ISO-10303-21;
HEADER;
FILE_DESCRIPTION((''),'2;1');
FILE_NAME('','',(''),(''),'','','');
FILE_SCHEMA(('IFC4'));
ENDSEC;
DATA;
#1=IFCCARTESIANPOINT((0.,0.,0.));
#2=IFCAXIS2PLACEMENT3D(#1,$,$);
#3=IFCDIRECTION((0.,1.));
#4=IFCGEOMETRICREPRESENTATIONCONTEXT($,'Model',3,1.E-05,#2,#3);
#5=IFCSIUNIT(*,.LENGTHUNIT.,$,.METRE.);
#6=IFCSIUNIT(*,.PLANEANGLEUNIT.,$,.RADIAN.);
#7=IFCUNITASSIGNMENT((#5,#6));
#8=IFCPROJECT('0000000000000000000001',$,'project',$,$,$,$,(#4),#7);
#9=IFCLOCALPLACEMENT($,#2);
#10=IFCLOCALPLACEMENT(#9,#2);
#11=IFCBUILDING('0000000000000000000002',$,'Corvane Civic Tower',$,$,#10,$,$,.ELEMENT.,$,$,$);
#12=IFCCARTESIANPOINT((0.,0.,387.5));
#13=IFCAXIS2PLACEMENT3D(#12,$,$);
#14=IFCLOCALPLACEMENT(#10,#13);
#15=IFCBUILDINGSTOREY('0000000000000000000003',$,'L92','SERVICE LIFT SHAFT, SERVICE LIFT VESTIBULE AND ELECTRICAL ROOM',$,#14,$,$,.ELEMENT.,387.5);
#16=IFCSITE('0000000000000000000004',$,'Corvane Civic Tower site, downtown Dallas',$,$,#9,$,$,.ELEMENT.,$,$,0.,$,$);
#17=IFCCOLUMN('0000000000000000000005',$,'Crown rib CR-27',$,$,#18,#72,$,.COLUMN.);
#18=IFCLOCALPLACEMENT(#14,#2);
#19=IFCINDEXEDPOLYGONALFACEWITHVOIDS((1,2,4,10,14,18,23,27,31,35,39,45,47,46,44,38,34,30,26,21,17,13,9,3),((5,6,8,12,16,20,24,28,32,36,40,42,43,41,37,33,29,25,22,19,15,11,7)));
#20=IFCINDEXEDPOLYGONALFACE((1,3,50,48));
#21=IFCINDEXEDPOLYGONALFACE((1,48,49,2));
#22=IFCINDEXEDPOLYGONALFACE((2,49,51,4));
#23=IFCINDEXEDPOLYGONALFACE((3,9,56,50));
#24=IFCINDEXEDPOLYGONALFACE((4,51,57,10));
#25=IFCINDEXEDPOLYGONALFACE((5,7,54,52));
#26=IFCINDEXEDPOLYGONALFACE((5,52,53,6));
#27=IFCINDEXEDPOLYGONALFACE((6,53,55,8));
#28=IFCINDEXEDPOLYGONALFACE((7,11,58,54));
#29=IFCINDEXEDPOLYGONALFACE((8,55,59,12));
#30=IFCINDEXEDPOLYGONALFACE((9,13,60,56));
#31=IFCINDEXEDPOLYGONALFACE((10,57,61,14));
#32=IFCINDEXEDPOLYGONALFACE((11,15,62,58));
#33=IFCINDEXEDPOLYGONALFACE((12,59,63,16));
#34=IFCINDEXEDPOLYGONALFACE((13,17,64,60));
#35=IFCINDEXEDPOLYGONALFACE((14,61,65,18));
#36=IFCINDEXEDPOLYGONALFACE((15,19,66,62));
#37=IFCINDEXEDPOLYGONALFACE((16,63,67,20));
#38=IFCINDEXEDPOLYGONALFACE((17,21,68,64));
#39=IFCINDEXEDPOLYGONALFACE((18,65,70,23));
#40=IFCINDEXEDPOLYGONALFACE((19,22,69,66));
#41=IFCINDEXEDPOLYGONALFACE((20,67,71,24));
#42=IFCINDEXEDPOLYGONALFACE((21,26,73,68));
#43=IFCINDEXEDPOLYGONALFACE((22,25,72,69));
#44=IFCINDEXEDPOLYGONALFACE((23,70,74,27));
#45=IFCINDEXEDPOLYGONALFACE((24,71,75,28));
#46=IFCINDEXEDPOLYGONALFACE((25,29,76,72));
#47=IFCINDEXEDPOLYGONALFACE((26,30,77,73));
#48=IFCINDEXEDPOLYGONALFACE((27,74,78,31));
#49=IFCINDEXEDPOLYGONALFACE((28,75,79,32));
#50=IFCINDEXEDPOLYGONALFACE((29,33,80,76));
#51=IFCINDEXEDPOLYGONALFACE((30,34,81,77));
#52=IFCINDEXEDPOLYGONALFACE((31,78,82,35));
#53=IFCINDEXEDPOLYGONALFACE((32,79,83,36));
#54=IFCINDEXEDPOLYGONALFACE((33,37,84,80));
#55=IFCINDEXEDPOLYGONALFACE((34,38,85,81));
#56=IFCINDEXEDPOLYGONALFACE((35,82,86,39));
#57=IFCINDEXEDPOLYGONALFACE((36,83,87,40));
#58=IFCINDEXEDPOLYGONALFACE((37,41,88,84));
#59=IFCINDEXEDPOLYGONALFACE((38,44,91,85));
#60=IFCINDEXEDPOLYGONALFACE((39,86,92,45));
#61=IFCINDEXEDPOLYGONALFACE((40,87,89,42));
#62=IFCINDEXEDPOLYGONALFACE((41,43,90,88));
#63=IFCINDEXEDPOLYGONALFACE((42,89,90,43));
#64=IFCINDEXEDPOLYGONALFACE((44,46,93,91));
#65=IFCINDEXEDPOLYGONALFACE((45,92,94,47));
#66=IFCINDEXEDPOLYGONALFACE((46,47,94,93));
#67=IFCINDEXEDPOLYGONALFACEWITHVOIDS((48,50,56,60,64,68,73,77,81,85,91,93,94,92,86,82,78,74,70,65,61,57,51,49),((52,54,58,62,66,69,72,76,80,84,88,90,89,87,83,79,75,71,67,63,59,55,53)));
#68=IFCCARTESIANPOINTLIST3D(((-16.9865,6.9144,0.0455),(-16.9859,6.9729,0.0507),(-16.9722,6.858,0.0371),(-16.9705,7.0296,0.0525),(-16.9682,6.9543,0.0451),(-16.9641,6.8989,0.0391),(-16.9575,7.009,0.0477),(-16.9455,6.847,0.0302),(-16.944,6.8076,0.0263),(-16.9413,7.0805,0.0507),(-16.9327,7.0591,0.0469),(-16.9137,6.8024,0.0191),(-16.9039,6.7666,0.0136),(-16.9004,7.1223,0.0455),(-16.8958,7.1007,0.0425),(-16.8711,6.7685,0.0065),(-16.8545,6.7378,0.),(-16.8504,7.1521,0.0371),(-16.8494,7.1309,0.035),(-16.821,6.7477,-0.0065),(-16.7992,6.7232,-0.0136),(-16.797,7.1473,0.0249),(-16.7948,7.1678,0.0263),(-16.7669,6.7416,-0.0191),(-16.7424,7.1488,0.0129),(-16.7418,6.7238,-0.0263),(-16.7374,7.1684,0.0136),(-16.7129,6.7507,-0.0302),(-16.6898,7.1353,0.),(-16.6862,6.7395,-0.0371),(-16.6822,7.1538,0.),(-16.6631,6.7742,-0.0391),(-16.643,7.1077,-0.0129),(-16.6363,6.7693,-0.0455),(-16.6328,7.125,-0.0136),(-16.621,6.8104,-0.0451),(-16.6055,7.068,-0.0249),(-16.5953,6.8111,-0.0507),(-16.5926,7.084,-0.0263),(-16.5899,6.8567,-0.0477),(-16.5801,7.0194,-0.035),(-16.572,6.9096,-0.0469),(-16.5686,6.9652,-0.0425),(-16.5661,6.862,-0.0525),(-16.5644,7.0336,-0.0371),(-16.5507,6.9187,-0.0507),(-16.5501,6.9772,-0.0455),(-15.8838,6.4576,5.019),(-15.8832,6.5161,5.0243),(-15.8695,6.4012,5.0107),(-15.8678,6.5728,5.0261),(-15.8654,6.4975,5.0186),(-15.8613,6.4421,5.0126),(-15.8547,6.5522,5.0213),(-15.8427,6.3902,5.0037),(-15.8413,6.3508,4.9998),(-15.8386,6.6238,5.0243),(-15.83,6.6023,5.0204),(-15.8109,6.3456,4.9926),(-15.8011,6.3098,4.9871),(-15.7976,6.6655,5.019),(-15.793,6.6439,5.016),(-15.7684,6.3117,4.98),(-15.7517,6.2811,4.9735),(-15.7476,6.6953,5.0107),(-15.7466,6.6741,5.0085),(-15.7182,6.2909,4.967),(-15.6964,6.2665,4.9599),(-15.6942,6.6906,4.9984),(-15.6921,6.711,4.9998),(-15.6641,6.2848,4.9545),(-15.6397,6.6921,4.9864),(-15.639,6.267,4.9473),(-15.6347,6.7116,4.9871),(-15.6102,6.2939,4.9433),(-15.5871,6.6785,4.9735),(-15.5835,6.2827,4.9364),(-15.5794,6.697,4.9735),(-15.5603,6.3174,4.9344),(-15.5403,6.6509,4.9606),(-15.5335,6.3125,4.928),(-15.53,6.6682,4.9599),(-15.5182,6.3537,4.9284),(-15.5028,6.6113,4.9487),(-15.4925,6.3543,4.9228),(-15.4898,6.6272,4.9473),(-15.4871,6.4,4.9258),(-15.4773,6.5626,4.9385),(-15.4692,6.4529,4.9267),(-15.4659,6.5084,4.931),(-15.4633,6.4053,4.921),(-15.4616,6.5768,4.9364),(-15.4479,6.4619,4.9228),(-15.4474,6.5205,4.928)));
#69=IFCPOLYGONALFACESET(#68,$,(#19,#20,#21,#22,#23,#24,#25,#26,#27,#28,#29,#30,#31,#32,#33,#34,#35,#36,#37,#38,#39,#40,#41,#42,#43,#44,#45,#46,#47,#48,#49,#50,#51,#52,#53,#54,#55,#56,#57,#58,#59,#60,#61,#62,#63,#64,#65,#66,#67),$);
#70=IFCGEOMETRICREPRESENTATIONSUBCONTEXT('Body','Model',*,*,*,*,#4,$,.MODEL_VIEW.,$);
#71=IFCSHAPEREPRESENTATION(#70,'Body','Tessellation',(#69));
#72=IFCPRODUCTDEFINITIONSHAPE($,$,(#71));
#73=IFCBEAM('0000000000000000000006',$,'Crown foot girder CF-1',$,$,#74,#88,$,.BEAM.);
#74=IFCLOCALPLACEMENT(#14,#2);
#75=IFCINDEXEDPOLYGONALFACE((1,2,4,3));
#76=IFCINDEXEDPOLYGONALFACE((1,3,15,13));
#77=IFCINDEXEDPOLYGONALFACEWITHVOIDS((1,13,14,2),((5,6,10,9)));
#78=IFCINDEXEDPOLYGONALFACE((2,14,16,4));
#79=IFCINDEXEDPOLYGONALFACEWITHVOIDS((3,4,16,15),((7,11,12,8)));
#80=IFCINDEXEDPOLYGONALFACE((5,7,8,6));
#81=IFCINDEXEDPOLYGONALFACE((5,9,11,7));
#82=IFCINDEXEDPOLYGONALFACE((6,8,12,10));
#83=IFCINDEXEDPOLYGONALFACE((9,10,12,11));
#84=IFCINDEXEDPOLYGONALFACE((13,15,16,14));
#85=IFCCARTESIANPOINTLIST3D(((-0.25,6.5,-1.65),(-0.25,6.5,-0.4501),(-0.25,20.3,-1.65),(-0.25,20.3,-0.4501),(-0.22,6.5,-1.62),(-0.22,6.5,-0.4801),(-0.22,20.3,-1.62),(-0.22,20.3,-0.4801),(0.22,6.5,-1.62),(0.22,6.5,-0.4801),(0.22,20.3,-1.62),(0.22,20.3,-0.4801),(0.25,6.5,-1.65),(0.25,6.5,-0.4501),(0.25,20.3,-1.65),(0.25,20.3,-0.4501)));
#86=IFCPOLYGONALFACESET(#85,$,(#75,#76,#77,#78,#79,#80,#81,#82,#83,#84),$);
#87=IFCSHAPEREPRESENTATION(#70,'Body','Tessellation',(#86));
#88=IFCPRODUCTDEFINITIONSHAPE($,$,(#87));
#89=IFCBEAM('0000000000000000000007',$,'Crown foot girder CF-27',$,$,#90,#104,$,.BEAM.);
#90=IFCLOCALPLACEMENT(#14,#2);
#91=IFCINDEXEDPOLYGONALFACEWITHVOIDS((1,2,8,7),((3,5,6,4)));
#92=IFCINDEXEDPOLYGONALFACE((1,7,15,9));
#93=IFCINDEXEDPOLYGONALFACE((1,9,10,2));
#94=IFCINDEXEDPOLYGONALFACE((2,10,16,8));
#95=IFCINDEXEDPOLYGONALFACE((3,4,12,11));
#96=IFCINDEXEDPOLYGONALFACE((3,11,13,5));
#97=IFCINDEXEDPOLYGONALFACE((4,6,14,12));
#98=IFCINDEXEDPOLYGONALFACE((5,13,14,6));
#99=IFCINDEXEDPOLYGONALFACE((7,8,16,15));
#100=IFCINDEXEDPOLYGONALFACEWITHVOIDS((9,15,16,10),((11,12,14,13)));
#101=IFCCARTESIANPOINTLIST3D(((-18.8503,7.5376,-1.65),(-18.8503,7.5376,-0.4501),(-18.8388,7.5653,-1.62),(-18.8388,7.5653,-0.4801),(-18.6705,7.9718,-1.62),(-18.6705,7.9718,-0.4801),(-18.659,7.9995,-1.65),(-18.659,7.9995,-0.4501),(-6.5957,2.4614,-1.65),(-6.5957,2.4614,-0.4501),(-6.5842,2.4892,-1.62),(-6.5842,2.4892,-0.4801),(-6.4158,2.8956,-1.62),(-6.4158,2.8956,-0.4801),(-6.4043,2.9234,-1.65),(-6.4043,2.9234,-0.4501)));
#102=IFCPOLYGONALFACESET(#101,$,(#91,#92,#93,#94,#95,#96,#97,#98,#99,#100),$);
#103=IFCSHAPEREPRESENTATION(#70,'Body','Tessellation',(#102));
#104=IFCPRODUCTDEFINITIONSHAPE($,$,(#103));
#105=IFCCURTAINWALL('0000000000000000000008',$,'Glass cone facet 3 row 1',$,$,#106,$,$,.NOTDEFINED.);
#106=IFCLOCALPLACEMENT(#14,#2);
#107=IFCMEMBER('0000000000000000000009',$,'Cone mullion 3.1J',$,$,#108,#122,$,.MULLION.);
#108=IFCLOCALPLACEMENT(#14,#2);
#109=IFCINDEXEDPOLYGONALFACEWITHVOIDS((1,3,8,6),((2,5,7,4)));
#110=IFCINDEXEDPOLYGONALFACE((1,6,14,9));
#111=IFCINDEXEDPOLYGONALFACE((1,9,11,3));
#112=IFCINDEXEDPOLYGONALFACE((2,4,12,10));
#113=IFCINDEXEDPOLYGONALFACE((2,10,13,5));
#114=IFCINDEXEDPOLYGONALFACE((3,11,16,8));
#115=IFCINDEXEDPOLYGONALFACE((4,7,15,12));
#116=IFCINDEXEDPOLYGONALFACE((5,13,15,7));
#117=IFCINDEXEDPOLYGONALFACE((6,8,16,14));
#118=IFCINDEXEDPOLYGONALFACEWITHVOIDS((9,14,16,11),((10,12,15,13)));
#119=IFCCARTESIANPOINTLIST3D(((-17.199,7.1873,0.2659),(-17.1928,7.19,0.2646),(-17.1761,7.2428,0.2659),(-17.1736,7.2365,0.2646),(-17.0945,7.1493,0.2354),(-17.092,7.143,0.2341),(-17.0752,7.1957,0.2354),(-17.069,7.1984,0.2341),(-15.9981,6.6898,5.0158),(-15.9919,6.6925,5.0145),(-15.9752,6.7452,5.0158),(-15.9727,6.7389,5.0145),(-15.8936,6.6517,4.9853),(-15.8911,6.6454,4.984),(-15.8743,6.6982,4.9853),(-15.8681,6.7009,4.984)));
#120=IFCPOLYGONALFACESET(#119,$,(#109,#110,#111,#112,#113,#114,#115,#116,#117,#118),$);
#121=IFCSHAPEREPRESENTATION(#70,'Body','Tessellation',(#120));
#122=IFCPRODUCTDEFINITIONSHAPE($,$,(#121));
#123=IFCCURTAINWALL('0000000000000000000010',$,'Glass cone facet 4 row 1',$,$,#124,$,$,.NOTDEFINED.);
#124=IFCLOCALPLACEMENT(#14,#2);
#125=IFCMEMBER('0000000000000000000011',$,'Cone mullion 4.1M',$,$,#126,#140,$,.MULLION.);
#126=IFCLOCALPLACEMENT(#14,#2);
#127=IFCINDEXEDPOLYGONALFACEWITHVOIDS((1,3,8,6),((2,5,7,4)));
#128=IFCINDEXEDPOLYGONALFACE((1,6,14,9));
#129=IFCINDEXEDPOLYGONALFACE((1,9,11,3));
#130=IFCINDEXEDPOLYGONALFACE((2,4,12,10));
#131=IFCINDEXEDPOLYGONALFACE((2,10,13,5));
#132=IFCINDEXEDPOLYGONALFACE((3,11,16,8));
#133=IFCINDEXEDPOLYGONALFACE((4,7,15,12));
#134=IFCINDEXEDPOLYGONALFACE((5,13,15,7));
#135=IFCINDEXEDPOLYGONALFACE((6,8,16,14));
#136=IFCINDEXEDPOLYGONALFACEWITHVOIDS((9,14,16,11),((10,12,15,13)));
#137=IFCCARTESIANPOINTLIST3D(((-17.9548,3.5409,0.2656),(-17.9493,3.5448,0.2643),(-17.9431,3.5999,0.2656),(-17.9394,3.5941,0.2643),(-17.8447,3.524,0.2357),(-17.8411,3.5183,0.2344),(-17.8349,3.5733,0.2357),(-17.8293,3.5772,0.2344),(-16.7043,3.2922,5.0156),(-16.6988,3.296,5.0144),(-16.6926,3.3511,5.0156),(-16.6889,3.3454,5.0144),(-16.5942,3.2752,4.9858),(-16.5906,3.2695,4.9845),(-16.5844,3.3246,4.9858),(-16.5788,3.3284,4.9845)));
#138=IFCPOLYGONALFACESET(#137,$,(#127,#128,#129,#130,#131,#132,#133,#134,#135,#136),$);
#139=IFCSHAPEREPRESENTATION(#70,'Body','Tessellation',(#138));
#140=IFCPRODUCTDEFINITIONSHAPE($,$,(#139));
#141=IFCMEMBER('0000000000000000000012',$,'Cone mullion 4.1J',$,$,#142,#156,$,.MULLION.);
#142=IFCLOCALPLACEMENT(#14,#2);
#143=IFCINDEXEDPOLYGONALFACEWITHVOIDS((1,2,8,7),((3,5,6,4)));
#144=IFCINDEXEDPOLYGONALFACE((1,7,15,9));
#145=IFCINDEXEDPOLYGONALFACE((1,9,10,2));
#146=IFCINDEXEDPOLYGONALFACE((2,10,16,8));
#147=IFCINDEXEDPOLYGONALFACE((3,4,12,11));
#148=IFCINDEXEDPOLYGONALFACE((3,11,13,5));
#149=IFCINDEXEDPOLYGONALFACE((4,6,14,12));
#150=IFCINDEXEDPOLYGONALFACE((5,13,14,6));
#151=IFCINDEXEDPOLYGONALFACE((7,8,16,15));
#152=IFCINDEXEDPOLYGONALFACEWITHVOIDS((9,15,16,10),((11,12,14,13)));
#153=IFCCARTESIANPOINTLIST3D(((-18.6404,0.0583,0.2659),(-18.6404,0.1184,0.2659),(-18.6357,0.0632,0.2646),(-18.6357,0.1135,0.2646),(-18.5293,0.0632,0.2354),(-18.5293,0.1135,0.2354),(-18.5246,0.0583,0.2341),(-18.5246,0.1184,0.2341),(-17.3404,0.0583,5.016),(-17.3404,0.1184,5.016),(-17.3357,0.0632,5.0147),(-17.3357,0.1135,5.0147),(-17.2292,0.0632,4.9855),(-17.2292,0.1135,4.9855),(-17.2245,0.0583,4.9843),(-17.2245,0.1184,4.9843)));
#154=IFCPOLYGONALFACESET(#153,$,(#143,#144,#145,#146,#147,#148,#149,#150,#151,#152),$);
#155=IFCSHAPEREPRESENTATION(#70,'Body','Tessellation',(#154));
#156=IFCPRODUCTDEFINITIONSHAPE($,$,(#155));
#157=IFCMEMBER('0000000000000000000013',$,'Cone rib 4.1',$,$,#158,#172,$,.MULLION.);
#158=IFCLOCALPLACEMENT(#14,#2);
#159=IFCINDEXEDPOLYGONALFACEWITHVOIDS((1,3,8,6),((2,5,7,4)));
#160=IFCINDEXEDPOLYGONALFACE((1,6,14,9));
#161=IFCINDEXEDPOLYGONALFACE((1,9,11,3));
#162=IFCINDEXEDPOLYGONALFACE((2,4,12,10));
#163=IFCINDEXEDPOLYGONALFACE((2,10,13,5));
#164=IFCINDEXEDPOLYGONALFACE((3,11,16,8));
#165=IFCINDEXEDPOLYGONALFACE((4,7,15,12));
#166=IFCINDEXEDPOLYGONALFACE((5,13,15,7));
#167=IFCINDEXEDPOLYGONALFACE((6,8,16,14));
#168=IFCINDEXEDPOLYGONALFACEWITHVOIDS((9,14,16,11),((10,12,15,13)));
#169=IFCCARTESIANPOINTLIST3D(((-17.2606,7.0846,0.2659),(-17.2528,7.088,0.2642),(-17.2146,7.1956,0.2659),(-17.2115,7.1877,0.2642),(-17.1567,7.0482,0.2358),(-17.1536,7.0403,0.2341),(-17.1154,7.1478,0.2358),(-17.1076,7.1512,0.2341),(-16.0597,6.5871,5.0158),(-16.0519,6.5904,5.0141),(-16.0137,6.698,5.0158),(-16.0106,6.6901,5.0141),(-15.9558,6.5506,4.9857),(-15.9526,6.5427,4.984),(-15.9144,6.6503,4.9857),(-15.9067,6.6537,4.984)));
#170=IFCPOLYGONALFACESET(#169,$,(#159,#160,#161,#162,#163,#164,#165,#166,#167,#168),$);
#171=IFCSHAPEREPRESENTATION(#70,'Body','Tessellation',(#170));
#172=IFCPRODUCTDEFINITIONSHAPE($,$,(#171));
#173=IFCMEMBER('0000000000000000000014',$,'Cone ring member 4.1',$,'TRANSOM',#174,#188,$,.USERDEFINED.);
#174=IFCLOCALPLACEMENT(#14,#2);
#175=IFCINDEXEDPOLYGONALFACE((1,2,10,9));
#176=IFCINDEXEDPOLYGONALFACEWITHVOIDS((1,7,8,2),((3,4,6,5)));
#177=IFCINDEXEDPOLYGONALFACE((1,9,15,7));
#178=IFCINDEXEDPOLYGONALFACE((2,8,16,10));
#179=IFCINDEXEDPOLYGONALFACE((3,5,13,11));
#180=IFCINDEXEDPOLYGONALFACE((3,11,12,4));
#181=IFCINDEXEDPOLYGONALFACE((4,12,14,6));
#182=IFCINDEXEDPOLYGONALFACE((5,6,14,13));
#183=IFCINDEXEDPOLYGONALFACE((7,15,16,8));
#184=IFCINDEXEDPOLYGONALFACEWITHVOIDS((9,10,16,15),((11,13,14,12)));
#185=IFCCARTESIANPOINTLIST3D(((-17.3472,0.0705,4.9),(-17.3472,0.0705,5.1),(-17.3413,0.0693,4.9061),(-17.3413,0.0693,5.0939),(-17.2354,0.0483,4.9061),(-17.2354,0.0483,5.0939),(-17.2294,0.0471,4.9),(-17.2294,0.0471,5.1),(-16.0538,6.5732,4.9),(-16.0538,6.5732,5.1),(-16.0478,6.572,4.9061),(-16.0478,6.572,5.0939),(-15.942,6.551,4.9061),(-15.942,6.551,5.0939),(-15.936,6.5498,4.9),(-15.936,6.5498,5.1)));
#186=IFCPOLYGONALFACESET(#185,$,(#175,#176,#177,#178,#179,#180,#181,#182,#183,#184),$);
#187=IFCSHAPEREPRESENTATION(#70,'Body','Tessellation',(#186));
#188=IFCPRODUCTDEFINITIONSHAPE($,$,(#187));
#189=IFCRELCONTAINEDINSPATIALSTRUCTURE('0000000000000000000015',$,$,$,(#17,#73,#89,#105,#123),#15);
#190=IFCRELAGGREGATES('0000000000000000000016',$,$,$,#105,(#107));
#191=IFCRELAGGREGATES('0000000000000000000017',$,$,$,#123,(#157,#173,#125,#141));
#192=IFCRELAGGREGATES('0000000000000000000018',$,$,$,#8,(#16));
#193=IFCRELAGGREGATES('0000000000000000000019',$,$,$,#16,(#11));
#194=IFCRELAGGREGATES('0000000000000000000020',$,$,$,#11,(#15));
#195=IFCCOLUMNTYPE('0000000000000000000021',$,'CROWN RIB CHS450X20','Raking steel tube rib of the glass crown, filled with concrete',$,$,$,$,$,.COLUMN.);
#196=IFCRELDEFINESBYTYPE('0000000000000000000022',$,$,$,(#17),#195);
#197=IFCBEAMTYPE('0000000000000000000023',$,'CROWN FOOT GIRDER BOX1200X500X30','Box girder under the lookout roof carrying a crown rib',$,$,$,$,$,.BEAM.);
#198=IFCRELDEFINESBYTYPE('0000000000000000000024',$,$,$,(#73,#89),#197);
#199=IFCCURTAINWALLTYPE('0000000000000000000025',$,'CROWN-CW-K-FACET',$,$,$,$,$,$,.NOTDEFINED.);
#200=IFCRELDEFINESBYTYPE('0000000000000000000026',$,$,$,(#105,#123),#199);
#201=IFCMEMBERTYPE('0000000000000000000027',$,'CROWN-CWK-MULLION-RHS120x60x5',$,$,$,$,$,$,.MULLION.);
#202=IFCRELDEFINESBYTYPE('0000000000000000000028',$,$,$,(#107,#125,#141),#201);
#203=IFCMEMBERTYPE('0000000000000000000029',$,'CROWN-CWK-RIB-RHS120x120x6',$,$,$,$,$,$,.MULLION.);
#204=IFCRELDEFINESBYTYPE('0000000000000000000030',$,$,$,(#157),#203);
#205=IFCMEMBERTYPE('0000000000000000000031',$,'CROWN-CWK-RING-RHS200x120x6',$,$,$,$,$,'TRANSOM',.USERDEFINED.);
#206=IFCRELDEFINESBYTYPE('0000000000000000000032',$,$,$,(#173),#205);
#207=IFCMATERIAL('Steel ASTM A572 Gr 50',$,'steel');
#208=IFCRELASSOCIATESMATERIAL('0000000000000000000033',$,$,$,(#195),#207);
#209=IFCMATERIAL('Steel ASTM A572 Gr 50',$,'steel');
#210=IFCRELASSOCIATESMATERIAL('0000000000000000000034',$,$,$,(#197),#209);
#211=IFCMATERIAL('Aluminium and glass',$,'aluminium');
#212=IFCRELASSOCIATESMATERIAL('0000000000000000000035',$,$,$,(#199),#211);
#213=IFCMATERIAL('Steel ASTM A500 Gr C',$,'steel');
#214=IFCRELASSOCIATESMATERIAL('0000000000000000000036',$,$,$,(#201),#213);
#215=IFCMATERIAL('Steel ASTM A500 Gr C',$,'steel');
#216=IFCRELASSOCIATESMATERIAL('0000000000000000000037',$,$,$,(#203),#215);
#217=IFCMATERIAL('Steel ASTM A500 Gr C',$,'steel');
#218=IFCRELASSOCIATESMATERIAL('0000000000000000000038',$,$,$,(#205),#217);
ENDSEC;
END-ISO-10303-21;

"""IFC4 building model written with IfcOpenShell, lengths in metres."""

from ifc_helpers import new_model, si_unit, direction, frame, origin, origin_2d, place, context, subcontext, project, spatial, hollow_rectangle, hollow_circle, extrude, material, material_profile, profile_set, type_object, element, aggregate, save


model = new_model("IFC4")

# Units and contexts
model_context = context("Model", 3, precision=1e-05, world=origin(), true_north=direction((0.0, 1.0)))
body_context = subcontext(model_context, "Body", "Model", "MODEL_VIEW")
ifc_project = project(units=[si_unit("LENGTHUNIT", "METRE"), si_unit("PLANEANGLEUNIT", "RADIAN")], contexts=[model_context])

# Site, building, storey
site_placement = place(None, origin())
site = spatial("IfcSite", under=ifc_project, at=site_placement, Name="Corvane Civic Tower site, downtown Dallas", CompositionType="ELEMENT", RefElevation=0.0)
building_placement = place(site_placement, origin())
building = spatial("IfcBuilding", under=site, at=building_placement, Name="Corvane Civic Tower", CompositionType="ELEMENT")
storey_placement = place(building_placement, frame((0.0, 0.0, 387.5)))
storey = spatial("IfcBuildingStorey", under=building, at=storey_placement, Name="L92", Description="SERVICE LIFT SHAFT, SERVICE LIFT VESTIBULE AND ELECTRICAL ROOM", CompositionType="ELEMENT", Elevation=387.5)

# Column
ifc_material_1 = material(Name="Steel ASTM A572 Gr 50", Category="steel")
ifc_material_profile_1 = material_profile(ifc_material_1, hollow_circle(Radius=0.2251, WallThickness=0.02, at=origin_2d()), Name="CHS450X20")
ifc_profile_set_1 = profile_set([ifc_material_profile_1], Name="Steel ASTM A572 Gr 50")
column_type = type_object("IfcColumnType", Name="CROWN RIB CHS450X20", Description="Raking steel tube rib of the glass crown, filled with concrete", PredefinedType="COLUMN", material=ifc_profile_set_1)
column_placement = place(storey_placement, frame((-16.7683, 6.9458, 0.0), z_axis=(0.215604, -0.089306, 0.972389), x_axis=(0.382683, 0.92388, 0.0)))
element("IfcColumn", 1, at=column_placement, inside=storey, type_object=column_type, Name="Crown rib CR-27", PredefinedType="COLUMN", context=body_context, shape_type="SweptSolid", body=[
    extrude(hollow_circle(Radius=0.2251, WallThickness=0.02, at=origin_2d()), origin(), (0.0, 0.0, 1.0), 5.1147),
])

# Beams
ifc_material_2 = material(Name="Steel ASTM A572 Gr 50", Category="steel")
ifc_material_profile_2 = material_profile(ifc_material_2, hollow_rectangle(XDim=0.5, YDim=1.2, WallThickness=0.03, at=origin_2d()), Name="BOX1200X500X30")
ifc_profile_set_2 = profile_set([ifc_material_profile_2], Name="Steel ASTM A572 Gr 50")
beam_type_1 = type_object("IfcBeamType", Name="CROWN FOOT GIRDER BOX1200X500X30", Description="Box girder under the lookout roof carrying a crown rib", PredefinedType="BEAM", material=ifc_profile_set_2)
beam_1_placement = place(storey_placement, frame((0.0, 6.5, -1.05), z_axis=(0.0, 1.0, 0.0), x_axis=(-1.0, 0.0, 0.0)))
element("IfcBeam", 2, at=beam_1_placement, inside=storey, type_object=beam_type_1, Name="Crown foot girder CF-1", PredefinedType="BEAM", context=body_context, shape_type="SweptSolid", body=[
    extrude(hollow_rectangle(XDim=0.5, YDim=1.2, WallThickness=0.03, at=origin_2d()), origin(), (0.0, 0.0, 1.0), 13.8),
])
beam_2_placement = place(storey_placement, frame((-6.5, 2.6924, -1.05), z_axis=(-0.923876, 0.382692, 0.0), x_axis=(-0.382692, -0.923876, 0.0)))
element("IfcBeam", 3, at=beam_2_placement, inside=storey, type_object=beam_type_1, Name="Crown foot girder CF-27", PredefinedType="BEAM", context=body_context, shape_type="SweptSolid", body=[
    extrude(hollow_rectangle(XDim=0.5, YDim=1.2, WallThickness=0.03, at=origin_2d()), origin(), (0.0, 0.0, 1.0), 13.2644),
])

# Curtain wall, member
ifc_material_3 = material(Name="Aluminium and glass", Category="aluminium")
curtain_wall_type = type_object("IfcCurtainWallType", Name="CROWN-CW-K-FACET", PredefinedType="NOTDEFINED", material=ifc_material_3)
curtain_wall_1_placement = place(storey_placement, origin())
curtain_wall_1 = element("IfcCurtainWall", 4, at=curtain_wall_1_placement, inside=storey, type_object=curtain_wall_type, Name="Glass cone facet 3 row 1", PredefinedType="NOTDEFINED")
ifc_material_4 = material(Name="Steel ASTM A500 Gr C", Category="steel")
ifc_material_profile_3 = material_profile(ifc_material_4, hollow_rectangle(XDim=0.0601, YDim=0.1201, WallThickness=0.0049, at=origin_2d()), Name="RHS 120x60x5")
ifc_profile_set_3 = profile_set([ifc_material_profile_3], Name="Steel ASTM A500 Gr C")
member_type_1 = type_object("IfcMemberType", Name="CROWN-CWK-MULLION-RHS120x60x5", PredefinedType="MULLION", material=ifc_profile_set_3)
member_1_placement = place(storey_placement, frame((-17.134, 7.1929, 0.25), z_axis=(0.24386, -0.101034, 0.964533), x_axis=(0.382761, 0.923847, 0.0)))
member_1 = element("IfcMember", 5, at=member_1_placement, type_object=member_type_1, Name="Cone mullion 3.1J", PredefinedType="MULLION", context=body_context, shape_type="SweptSolid", body=[
    extrude(hollow_rectangle(XDim=0.0601, YDim=0.1201, WallThickness=0.0049, at=origin_2d()), origin(), (0.0, 0.0, 1.0), 4.9246),
])
aggregate(curtain_wall_1, [member_1])

# Curtain wall, members
curtain_wall_2_placement = place(storey_placement, origin())
curtain_wall_2 = element("IfcCurtainWall", 6, at=curtain_wall_2_placement, inside=storey, type_object=curtain_wall_type, Name="Glass cone facet 4 row 1", PredefinedType="NOTDEFINED")
member_2_placement = place(storey_placement, frame((-17.8921, 3.5591, 0.25), z_axis=(0.25426, -0.050584, 0.965812), x_axis=(0.195122, 0.980779, 0.0)))
member_2 = element("IfcMember", 7, at=member_2_placement, type_object=member_type_1, Name="Cone mullion 4.1M", PredefinedType="MULLION", context=body_context, shape_type="SweptSolid", body=[
    extrude(hollow_rectangle(XDim=0.0601, YDim=0.1201, WallThickness=0.0049, at=origin_2d()), origin(), (0.0, 0.0, 1.0), 4.9182),
])
member_3_placement = place(storey_placement, frame((-18.5825, 0.0884, 0.25), z_axis=(0.263986, 0.0, 0.964527), x_axis=(0.0, 1.0, 0.0)))
member_3 = element("IfcMember", 8, at=member_3_placement, type_object=member_type_1, Name="Cone mullion 4.1J", PredefinedType="MULLION", context=body_context, shape_type="SweptSolid", body=[
    extrude(hollow_rectangle(XDim=0.0601, YDim=0.1201, WallThickness=0.0049, at=origin_2d()), origin(), (0.0, 0.0, 1.0), 4.9248),
])
ifc_material_5 = material(Name="Steel ASTM A500 Gr C", Category="steel")
ifc_material_profile_4 = material_profile(ifc_material_5, hollow_rectangle(XDim=0.1201, YDim=0.1201, WallThickness=0.0061, at=origin_2d()), Name="RHS 120x120x6")
ifc_profile_set_4 = profile_set([ifc_material_profile_4], Name="Steel ASTM A500 Gr C")
member_type_2 = type_object("IfcMemberType", Name="CROWN-CWK-RIB-RHS120x120x6", PredefinedType="MULLION", material=ifc_profile_set_4)
member_4_placement = place(storey_placement, frame((-17.1841, 7.1179, 0.25), z_axis=(0.24386, -0.101034, 0.964533), x_axis=(0.382761, 0.923847, 0.0)))
member_4 = element("IfcMember", 9, at=member_4_placement, type_object=member_type_2, Name="Cone rib 4.1", PredefinedType="MULLION", context=body_context, shape_type="SweptSolid", body=[
    extrude(hollow_rectangle(XDim=0.1201, YDim=0.1201, WallThickness=0.0061, at=origin_2d()), origin(), (0.0, 0.0, 1.0), 4.9246),
])
ifc_material_6 = material(Name="Steel ASTM A500 Gr C", Category="steel")
ifc_material_profile_5 = material_profile(ifc_material_6, hollow_rectangle(XDim=0.1201, YDim=0.2, WallThickness=0.0061, at=origin_2d()), Name="RHS 200x120x6")
ifc_profile_set_5 = profile_set([ifc_material_profile_5], Name="Steel ASTM A500 Gr C")
member_type_3 = type_object("IfcMemberType", Name="CROWN-CWK-RING-RHS200x120x6", ElementType="TRANSOM", PredefinedType="USERDEFINED", material=ifc_profile_set_5)
member_5_placement = place(storey_placement, frame((-15.9949, 6.5615, 5.0), z_axis=(-0.195089, -0.980785, 0.0), x_axis=(0.980785, -0.195089, 0.0)))
member_5 = element("IfcMember", 10, at=member_5_placement, type_object=member_type_3, Name="Cone ring member 4.1", ObjectType="TRANSOM", PredefinedType="USERDEFINED", context=body_context, shape_type="SweptSolid", body=[
    extrude(hollow_rectangle(XDim=0.1201, YDim=0.2, WallThickness=0.0061, at=origin_2d()), origin(), (0.0, 0.0, 1.0), 6.6301),
])

aggregate(curtain_wall_2, [member_4, member_5, member_2, member_3])

save(model, "model.ifc")
